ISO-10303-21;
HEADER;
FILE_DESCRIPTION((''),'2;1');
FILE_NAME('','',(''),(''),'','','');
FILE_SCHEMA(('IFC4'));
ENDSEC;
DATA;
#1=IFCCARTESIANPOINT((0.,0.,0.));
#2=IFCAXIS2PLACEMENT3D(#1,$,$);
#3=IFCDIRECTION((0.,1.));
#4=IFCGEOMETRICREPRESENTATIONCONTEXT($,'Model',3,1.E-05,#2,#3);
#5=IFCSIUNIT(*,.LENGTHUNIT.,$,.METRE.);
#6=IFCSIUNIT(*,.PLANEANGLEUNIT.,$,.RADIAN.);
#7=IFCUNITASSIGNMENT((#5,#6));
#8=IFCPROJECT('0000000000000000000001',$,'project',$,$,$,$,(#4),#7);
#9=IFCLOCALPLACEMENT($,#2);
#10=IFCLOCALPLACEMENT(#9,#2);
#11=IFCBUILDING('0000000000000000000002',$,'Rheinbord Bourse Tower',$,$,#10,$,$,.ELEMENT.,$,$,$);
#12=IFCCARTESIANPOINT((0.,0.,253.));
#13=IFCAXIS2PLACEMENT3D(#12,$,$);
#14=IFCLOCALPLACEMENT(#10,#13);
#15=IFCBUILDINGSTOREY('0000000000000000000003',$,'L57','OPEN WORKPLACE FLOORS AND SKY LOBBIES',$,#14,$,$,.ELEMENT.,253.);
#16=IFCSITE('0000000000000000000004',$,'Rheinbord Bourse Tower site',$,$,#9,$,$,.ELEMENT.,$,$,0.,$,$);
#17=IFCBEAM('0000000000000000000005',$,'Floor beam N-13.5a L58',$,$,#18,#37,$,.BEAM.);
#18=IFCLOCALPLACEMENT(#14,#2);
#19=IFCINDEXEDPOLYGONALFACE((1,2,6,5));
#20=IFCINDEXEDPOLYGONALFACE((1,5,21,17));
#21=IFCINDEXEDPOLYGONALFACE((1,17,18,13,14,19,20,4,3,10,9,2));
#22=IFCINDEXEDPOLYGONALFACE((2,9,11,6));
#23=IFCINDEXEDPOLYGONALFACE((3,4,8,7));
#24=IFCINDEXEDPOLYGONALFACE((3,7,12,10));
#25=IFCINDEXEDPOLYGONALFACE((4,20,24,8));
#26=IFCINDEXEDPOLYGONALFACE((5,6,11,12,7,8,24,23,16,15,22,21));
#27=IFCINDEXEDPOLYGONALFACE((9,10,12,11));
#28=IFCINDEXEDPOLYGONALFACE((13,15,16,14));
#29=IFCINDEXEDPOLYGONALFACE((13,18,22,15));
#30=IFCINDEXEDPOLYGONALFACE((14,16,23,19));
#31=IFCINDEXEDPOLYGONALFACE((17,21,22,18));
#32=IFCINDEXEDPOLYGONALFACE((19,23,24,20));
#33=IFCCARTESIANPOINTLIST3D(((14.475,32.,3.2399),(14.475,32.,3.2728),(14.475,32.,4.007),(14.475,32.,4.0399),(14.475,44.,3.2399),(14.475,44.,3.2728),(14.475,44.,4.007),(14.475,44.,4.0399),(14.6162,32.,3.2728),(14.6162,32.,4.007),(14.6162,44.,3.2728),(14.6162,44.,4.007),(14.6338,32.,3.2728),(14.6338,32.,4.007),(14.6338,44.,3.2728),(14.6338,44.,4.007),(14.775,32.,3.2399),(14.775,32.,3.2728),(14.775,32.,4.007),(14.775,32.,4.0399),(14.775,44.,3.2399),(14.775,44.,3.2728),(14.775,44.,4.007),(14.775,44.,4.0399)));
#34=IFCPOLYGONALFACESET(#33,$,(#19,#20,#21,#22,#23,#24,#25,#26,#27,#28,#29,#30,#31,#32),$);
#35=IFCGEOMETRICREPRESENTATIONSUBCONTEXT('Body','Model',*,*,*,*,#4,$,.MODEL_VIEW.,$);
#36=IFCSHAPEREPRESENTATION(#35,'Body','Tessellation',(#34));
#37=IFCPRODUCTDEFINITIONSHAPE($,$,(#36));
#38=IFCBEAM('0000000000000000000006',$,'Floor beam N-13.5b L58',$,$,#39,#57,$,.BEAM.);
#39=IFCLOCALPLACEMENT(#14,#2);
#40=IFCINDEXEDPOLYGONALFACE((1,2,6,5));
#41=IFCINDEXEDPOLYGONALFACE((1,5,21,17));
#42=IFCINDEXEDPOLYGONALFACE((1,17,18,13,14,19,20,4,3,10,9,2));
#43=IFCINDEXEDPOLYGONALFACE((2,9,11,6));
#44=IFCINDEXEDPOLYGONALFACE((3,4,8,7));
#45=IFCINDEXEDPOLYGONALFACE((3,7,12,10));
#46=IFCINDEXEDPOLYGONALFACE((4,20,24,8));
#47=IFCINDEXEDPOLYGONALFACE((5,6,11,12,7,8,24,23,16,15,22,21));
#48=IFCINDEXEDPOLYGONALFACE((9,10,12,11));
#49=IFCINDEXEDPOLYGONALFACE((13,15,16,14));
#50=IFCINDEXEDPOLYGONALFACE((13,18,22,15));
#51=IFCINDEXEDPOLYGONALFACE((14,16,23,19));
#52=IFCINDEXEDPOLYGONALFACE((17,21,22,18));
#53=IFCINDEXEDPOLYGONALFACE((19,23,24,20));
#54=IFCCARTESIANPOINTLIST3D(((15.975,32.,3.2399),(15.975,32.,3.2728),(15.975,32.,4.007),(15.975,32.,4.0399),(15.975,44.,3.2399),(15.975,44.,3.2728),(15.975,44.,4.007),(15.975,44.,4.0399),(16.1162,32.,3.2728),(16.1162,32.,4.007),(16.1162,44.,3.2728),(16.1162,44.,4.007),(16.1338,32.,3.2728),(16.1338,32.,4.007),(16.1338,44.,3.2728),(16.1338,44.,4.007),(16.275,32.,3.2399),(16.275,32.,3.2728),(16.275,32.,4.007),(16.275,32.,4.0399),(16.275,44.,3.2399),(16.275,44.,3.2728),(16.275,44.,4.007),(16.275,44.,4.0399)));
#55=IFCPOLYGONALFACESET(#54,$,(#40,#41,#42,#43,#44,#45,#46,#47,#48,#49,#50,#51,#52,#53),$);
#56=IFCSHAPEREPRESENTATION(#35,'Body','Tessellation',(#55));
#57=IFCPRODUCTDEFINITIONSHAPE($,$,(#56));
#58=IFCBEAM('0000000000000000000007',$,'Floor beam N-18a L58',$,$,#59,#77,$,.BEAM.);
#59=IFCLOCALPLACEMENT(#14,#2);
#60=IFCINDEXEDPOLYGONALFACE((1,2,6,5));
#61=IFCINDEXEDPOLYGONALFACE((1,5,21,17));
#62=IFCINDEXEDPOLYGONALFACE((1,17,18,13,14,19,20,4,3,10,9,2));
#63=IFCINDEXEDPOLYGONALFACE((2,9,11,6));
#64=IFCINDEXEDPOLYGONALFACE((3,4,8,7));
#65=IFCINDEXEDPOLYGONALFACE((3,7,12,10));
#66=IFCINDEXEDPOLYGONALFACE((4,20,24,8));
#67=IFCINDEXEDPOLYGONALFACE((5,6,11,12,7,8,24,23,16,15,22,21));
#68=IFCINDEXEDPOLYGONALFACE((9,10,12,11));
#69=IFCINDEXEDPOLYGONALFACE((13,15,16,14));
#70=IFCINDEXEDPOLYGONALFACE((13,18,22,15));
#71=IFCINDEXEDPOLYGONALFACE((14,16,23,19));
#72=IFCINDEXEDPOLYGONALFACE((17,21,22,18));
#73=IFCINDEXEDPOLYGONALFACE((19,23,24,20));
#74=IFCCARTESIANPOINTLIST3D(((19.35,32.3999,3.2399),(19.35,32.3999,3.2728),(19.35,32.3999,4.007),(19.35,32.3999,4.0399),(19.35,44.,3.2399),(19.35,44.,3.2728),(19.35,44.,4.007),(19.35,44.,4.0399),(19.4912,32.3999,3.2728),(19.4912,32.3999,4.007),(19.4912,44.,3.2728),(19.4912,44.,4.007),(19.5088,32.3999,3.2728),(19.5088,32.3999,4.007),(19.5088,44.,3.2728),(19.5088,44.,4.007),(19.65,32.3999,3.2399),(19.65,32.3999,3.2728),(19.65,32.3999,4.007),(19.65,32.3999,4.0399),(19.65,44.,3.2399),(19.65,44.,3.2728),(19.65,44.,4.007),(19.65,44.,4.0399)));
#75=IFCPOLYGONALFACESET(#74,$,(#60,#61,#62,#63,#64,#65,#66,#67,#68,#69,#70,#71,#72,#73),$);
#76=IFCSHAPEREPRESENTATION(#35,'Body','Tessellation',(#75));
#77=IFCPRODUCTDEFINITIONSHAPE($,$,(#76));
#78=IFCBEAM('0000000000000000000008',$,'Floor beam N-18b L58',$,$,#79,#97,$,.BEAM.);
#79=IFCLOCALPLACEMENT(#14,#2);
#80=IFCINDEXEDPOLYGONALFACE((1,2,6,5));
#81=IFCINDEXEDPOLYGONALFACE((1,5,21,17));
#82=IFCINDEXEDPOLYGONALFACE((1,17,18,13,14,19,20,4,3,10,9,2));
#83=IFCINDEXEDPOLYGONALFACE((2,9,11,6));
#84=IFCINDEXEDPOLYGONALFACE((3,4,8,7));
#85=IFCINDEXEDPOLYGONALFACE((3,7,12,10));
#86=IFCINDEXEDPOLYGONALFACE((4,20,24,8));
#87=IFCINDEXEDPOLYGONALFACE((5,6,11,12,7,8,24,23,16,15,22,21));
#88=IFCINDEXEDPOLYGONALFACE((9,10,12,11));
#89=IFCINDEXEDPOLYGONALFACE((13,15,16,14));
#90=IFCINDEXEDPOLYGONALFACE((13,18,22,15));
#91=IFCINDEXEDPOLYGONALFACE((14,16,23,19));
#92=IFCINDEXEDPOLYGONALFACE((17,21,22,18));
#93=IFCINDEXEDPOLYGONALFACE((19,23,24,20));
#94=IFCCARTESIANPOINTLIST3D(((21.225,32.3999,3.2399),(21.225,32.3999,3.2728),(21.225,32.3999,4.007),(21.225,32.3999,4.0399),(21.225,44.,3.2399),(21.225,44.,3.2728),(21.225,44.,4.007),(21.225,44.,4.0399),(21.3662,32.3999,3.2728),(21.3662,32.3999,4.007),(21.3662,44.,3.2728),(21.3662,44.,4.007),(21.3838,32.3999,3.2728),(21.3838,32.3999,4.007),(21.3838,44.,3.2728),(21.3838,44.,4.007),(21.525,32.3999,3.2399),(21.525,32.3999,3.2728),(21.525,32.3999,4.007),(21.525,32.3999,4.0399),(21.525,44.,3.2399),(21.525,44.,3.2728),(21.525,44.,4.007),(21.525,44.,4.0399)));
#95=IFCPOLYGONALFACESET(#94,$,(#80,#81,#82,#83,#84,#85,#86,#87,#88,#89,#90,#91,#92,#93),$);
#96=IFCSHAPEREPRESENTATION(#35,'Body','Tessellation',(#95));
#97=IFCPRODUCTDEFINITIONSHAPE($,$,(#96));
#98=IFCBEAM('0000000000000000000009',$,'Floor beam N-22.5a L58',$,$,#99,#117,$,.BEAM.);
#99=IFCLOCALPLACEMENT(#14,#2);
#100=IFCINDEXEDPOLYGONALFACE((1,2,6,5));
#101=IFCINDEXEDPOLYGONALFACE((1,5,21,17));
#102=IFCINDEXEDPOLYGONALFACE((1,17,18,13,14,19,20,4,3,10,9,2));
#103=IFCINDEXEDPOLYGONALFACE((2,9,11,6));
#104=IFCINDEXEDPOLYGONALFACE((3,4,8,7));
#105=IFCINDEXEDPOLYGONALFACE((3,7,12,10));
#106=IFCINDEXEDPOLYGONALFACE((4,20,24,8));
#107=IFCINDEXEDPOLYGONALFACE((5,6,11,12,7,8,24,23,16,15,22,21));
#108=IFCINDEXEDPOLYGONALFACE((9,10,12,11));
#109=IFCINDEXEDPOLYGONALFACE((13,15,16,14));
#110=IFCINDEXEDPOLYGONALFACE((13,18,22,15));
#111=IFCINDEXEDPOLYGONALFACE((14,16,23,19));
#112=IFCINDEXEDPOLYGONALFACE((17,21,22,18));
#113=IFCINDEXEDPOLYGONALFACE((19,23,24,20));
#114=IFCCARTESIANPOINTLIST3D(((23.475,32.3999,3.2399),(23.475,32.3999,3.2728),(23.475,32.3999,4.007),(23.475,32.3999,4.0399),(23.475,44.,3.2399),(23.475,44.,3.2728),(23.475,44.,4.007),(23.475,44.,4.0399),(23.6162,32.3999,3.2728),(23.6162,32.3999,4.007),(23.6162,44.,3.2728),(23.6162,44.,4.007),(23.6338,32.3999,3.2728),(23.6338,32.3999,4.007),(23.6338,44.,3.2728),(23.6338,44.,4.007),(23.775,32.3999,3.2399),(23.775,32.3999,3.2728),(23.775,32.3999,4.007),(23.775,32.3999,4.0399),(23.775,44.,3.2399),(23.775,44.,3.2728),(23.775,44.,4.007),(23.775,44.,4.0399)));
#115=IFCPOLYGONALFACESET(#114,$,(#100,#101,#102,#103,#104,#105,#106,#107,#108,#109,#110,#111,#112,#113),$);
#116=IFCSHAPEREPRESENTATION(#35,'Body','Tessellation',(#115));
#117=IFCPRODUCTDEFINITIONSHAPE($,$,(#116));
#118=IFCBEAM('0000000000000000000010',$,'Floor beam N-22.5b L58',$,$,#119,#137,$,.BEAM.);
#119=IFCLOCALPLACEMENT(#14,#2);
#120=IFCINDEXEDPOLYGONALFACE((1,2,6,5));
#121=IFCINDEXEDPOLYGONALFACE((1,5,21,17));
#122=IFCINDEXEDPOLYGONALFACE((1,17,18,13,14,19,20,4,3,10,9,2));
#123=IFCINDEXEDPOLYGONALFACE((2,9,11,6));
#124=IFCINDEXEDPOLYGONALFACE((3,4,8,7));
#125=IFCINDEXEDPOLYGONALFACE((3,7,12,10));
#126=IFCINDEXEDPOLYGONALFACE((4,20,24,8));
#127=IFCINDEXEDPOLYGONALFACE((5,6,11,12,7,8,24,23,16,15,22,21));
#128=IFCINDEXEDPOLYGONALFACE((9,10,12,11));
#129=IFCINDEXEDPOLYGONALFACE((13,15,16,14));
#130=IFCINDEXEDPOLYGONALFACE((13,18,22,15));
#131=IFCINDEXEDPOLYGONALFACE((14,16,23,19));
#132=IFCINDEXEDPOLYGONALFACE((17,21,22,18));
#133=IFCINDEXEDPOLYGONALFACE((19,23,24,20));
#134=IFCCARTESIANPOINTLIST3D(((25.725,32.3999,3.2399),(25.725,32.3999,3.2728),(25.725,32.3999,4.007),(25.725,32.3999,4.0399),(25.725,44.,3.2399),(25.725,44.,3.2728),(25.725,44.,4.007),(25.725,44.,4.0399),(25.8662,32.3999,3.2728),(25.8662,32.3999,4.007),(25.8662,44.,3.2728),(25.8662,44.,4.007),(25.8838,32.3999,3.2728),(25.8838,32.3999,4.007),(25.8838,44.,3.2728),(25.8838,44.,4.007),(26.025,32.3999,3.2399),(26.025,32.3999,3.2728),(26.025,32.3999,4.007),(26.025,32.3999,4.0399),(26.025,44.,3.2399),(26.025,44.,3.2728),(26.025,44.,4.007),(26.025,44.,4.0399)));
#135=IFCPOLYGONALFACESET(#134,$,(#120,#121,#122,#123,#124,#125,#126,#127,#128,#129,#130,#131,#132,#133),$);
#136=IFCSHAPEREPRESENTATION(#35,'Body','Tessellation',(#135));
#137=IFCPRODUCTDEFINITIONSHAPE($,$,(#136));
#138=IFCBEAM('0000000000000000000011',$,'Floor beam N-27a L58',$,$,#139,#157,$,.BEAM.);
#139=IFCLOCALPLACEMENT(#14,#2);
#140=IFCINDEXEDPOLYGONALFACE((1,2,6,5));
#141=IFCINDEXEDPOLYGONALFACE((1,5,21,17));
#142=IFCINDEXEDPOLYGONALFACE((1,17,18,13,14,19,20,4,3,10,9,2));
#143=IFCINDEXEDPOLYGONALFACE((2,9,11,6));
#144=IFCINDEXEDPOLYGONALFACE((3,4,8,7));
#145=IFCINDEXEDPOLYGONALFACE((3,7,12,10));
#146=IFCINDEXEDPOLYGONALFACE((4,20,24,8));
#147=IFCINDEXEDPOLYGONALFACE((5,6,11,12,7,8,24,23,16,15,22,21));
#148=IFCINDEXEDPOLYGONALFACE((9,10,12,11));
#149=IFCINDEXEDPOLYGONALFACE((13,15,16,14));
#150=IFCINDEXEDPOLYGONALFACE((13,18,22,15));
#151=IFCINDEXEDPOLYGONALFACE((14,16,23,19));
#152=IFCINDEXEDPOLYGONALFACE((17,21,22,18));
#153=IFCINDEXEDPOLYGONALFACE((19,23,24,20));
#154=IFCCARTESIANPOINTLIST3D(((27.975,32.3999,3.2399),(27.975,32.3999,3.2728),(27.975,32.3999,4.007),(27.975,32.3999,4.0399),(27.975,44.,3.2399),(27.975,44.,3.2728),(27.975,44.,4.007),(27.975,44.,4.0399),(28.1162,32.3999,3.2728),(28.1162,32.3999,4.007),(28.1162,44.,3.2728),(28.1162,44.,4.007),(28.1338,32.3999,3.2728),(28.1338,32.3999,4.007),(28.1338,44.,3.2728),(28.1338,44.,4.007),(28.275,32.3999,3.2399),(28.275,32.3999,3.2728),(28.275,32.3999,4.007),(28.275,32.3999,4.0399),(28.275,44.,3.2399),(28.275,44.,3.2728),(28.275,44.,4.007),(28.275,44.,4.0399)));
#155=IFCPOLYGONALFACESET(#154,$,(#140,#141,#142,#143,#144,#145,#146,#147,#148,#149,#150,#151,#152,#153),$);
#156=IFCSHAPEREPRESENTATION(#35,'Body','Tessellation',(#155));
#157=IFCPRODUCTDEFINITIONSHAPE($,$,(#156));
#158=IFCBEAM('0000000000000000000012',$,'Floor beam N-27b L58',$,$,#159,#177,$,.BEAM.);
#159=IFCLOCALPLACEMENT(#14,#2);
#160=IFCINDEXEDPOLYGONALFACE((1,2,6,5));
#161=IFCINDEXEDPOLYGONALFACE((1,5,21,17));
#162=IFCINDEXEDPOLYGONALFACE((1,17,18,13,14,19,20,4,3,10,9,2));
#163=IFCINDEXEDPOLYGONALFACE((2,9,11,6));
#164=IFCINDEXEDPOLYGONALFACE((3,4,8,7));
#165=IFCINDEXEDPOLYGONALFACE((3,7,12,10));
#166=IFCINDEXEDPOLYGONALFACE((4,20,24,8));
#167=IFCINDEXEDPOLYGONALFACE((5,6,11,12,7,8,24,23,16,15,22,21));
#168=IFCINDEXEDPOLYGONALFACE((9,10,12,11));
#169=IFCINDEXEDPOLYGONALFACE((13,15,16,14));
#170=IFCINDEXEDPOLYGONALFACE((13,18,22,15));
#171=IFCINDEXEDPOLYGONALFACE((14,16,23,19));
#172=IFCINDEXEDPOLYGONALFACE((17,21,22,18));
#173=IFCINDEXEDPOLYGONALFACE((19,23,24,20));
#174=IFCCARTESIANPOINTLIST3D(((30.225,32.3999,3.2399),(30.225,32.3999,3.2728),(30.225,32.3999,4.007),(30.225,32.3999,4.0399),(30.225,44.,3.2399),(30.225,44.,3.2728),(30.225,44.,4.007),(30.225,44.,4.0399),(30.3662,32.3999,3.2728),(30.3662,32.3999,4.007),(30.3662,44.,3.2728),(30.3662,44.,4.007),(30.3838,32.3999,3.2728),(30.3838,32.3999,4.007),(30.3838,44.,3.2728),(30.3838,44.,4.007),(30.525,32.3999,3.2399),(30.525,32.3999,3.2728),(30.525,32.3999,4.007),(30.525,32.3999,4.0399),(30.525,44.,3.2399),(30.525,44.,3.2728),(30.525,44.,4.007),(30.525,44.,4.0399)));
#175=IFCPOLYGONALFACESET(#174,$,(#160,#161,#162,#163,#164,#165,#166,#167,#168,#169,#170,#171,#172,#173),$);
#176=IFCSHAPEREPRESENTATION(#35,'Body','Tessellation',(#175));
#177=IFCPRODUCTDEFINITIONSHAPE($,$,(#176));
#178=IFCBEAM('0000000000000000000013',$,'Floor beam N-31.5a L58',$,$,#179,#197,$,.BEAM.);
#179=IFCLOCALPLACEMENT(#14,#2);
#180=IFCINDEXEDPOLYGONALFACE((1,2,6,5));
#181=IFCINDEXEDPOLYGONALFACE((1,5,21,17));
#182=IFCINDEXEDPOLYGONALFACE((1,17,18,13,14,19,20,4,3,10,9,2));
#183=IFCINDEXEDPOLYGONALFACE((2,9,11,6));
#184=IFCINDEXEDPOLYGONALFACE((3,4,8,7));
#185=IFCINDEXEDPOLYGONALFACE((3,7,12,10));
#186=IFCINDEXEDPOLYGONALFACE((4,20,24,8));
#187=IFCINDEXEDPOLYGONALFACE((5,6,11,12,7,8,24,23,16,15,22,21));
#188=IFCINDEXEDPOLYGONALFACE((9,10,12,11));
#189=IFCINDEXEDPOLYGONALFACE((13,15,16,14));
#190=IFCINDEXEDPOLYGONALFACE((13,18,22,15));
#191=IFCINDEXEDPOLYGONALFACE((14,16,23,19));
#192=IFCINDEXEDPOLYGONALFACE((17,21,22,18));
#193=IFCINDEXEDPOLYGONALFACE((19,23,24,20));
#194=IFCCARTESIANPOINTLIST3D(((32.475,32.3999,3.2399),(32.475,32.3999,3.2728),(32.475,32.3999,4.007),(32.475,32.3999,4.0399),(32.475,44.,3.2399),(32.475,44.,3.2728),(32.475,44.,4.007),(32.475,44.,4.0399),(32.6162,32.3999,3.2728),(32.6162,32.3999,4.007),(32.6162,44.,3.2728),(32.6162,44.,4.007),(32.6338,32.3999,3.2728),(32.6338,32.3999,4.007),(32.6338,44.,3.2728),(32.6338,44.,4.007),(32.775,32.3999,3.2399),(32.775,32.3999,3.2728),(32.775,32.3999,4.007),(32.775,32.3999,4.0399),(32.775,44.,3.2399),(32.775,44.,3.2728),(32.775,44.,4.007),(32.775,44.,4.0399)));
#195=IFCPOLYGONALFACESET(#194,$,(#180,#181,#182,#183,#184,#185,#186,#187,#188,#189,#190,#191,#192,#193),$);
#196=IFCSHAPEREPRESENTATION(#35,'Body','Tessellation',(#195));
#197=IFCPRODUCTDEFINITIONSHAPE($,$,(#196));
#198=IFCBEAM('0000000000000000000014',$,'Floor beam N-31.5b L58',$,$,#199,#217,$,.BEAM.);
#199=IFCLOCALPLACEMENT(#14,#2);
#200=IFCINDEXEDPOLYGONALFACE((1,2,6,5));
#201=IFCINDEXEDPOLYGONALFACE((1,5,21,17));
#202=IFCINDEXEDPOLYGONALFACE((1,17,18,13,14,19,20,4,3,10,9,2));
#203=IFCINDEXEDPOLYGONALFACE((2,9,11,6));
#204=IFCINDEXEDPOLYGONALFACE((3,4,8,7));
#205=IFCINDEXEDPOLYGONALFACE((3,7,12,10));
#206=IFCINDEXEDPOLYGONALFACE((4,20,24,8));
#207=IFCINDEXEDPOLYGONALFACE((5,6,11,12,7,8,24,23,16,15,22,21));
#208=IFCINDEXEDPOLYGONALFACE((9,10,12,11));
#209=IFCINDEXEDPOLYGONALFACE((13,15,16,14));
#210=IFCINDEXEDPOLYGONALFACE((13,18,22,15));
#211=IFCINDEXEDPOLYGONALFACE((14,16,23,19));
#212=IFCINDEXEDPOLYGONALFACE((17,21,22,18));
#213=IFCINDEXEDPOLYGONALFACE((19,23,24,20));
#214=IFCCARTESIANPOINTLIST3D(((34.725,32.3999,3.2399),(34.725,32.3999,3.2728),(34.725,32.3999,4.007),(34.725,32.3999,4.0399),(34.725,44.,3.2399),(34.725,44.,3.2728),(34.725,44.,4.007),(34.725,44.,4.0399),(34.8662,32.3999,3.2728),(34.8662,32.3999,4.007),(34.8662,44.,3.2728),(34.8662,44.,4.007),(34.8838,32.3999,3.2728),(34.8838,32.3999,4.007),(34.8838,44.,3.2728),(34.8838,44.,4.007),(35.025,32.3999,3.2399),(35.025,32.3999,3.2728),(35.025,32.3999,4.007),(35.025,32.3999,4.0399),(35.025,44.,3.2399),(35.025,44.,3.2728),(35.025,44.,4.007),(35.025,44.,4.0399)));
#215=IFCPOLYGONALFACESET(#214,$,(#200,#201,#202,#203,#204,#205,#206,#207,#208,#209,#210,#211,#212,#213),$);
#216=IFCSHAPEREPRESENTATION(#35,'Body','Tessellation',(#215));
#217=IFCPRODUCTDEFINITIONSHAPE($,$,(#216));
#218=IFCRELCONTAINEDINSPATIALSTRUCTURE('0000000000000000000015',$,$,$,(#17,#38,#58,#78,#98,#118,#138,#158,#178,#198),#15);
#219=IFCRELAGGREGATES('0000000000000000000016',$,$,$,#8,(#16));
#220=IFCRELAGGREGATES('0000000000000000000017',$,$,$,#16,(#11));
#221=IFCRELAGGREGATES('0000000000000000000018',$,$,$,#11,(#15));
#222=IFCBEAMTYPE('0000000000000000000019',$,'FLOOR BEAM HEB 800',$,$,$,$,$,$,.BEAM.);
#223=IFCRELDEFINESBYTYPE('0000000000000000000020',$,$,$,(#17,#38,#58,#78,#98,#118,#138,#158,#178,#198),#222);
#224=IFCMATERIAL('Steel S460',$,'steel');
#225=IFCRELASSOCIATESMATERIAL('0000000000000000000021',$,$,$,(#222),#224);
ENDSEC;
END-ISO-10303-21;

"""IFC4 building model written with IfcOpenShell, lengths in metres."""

from ifc_helpers import new_model, si_unit, direction, frame, origin, origin_2d, place, context, subcontext, project, spatial, i_section, extrude, material, material_profile, profile_set, type_object, element, save


model = new_model("IFC4")

# Units and contexts
model_context = context("Model", 3, precision=1e-05, world=origin(), true_north=direction((0.0, 1.0)))
body_context = subcontext(model_context, "Body", "Model", "MODEL_VIEW")
ifc_project = project(units=[si_unit("LENGTHUNIT", "METRE"), si_unit("PLANEANGLEUNIT", "RADIAN")], contexts=[model_context])

# Site, building, storey
site_placement = place(None, origin())
site = spatial("IfcSite", under=ifc_project, at=site_placement, Name="Rheinbord Bourse Tower site", CompositionType="ELEMENT", RefElevation=0.0)
building_placement = place(site_placement, origin())
building = spatial("IfcBuilding", under=site, at=building_placement, Name="Rheinbord Bourse Tower", CompositionType="ELEMENT")
storey_placement = place(building_placement, frame((0.0, 0.0, 253.0)))
storey = spatial("IfcBuildingStorey", under=building, at=storey_placement, Name="L57", Description="OPEN WORKPLACE FLOORS AND SKY LOBBIES", CompositionType="ELEMENT", Elevation=253.0)

# Beams
ifc_material_1 = material(Name="Steel S460", Category="steel")
ifc_material_profile_1 = material_profile(ifc_material_1, i_section(OverallWidth=0.3, OverallDepth=0.8, WebThickness=0.0176, FlangeThickness=0.033, at=origin_2d()), Name="HEB 800")
ifc_profile_set_1 = profile_set([ifc_material_profile_1], Name="Steel S460")
beam_type_1 = type_object("IfcBeamType", Name="FLOOR BEAM HEB 800", PredefinedType="BEAM", material=ifc_profile_set_1)
for number, where, z_axis, x_axis, name in (
    (1, (14.625, 44.0, 3.6399), (0.0, -1.0, 0.0), (1.0, 0.0, 0.0), "Floor beam N-13.5a L58"),
    (2, (16.125, 44.0, 3.6399), (0.0, -1.0, 0.0), (1.0, 0.0, 0.0), "Floor beam N-13.5b L58"),
):
    element("IfcBeam", number, at=place(storey_placement, frame(where, z_axis=z_axis, x_axis=x_axis)), inside=storey, type_object=beam_type_1, Name=name, PredefinedType="BEAM", context=body_context, shape_type="SweptSolid", body=[
        extrude(i_section(OverallWidth=0.3, OverallDepth=0.8, WebThickness=0.0176, FlangeThickness=0.033, at=origin_2d()), origin(), (0.0, 0.0, 1.0), 12.0),
    ])
for number, where, z_axis, x_axis, name in (
    (3, (19.5, 44.0, 3.6399), (0.0, -1.0, 0.0), (1.0, 0.0, 0.0), "Floor beam N-18a L58"),
    (4, (21.375, 44.0, 3.6399), (0.0, -1.0, 0.0), (1.0, 0.0, 0.0), "Floor beam N-18b L58"),
    (5, (23.625, 44.0, 3.6399), (0.0, -1.0, 0.0), (1.0, 0.0, 0.0), "Floor beam N-22.5a L58"),
    (6, (25.875, 44.0, 3.6399), (0.0, -1.0, 0.0), (1.0, 0.0, 0.0), "Floor beam N-22.5b L58"),
    (7, (28.125, 44.0, 3.6399), (0.0, -1.0, 0.0), (1.0, 0.0, 0.0), "Floor beam N-27a L58"),
    (8, (30.375, 44.0, 3.6399), (0.0, -1.0, 0.0), (1.0, 0.0, 0.0), "Floor beam N-27b L58"),
    (9, (32.625, 44.0, 3.6399), (0.0, -1.0, 0.0), (1.0, 0.0, 0.0), "Floor beam N-31.5a L58"),
    (10, (34.875, 44.0, 3.6399), (0.0, -1.0, 0.0), (1.0, 0.0, 0.0), "Floor beam N-31.5b L58"),
):
    element("IfcBeam", number, at=place(storey_placement, frame(where, z_axis=z_axis, x_axis=x_axis)), inside=storey, type_object=beam_type_1, Name=name, PredefinedType="BEAM", context=body_context, shape_type="SweptSolid", body=[
        extrude(i_section(OverallWidth=0.3, OverallDepth=0.8, WebThickness=0.0176, FlangeThickness=0.033, at=origin_2d()), origin(), (0.0, 0.0, 1.0), 11.6001),
    ])

save(model, "model.ifc")
